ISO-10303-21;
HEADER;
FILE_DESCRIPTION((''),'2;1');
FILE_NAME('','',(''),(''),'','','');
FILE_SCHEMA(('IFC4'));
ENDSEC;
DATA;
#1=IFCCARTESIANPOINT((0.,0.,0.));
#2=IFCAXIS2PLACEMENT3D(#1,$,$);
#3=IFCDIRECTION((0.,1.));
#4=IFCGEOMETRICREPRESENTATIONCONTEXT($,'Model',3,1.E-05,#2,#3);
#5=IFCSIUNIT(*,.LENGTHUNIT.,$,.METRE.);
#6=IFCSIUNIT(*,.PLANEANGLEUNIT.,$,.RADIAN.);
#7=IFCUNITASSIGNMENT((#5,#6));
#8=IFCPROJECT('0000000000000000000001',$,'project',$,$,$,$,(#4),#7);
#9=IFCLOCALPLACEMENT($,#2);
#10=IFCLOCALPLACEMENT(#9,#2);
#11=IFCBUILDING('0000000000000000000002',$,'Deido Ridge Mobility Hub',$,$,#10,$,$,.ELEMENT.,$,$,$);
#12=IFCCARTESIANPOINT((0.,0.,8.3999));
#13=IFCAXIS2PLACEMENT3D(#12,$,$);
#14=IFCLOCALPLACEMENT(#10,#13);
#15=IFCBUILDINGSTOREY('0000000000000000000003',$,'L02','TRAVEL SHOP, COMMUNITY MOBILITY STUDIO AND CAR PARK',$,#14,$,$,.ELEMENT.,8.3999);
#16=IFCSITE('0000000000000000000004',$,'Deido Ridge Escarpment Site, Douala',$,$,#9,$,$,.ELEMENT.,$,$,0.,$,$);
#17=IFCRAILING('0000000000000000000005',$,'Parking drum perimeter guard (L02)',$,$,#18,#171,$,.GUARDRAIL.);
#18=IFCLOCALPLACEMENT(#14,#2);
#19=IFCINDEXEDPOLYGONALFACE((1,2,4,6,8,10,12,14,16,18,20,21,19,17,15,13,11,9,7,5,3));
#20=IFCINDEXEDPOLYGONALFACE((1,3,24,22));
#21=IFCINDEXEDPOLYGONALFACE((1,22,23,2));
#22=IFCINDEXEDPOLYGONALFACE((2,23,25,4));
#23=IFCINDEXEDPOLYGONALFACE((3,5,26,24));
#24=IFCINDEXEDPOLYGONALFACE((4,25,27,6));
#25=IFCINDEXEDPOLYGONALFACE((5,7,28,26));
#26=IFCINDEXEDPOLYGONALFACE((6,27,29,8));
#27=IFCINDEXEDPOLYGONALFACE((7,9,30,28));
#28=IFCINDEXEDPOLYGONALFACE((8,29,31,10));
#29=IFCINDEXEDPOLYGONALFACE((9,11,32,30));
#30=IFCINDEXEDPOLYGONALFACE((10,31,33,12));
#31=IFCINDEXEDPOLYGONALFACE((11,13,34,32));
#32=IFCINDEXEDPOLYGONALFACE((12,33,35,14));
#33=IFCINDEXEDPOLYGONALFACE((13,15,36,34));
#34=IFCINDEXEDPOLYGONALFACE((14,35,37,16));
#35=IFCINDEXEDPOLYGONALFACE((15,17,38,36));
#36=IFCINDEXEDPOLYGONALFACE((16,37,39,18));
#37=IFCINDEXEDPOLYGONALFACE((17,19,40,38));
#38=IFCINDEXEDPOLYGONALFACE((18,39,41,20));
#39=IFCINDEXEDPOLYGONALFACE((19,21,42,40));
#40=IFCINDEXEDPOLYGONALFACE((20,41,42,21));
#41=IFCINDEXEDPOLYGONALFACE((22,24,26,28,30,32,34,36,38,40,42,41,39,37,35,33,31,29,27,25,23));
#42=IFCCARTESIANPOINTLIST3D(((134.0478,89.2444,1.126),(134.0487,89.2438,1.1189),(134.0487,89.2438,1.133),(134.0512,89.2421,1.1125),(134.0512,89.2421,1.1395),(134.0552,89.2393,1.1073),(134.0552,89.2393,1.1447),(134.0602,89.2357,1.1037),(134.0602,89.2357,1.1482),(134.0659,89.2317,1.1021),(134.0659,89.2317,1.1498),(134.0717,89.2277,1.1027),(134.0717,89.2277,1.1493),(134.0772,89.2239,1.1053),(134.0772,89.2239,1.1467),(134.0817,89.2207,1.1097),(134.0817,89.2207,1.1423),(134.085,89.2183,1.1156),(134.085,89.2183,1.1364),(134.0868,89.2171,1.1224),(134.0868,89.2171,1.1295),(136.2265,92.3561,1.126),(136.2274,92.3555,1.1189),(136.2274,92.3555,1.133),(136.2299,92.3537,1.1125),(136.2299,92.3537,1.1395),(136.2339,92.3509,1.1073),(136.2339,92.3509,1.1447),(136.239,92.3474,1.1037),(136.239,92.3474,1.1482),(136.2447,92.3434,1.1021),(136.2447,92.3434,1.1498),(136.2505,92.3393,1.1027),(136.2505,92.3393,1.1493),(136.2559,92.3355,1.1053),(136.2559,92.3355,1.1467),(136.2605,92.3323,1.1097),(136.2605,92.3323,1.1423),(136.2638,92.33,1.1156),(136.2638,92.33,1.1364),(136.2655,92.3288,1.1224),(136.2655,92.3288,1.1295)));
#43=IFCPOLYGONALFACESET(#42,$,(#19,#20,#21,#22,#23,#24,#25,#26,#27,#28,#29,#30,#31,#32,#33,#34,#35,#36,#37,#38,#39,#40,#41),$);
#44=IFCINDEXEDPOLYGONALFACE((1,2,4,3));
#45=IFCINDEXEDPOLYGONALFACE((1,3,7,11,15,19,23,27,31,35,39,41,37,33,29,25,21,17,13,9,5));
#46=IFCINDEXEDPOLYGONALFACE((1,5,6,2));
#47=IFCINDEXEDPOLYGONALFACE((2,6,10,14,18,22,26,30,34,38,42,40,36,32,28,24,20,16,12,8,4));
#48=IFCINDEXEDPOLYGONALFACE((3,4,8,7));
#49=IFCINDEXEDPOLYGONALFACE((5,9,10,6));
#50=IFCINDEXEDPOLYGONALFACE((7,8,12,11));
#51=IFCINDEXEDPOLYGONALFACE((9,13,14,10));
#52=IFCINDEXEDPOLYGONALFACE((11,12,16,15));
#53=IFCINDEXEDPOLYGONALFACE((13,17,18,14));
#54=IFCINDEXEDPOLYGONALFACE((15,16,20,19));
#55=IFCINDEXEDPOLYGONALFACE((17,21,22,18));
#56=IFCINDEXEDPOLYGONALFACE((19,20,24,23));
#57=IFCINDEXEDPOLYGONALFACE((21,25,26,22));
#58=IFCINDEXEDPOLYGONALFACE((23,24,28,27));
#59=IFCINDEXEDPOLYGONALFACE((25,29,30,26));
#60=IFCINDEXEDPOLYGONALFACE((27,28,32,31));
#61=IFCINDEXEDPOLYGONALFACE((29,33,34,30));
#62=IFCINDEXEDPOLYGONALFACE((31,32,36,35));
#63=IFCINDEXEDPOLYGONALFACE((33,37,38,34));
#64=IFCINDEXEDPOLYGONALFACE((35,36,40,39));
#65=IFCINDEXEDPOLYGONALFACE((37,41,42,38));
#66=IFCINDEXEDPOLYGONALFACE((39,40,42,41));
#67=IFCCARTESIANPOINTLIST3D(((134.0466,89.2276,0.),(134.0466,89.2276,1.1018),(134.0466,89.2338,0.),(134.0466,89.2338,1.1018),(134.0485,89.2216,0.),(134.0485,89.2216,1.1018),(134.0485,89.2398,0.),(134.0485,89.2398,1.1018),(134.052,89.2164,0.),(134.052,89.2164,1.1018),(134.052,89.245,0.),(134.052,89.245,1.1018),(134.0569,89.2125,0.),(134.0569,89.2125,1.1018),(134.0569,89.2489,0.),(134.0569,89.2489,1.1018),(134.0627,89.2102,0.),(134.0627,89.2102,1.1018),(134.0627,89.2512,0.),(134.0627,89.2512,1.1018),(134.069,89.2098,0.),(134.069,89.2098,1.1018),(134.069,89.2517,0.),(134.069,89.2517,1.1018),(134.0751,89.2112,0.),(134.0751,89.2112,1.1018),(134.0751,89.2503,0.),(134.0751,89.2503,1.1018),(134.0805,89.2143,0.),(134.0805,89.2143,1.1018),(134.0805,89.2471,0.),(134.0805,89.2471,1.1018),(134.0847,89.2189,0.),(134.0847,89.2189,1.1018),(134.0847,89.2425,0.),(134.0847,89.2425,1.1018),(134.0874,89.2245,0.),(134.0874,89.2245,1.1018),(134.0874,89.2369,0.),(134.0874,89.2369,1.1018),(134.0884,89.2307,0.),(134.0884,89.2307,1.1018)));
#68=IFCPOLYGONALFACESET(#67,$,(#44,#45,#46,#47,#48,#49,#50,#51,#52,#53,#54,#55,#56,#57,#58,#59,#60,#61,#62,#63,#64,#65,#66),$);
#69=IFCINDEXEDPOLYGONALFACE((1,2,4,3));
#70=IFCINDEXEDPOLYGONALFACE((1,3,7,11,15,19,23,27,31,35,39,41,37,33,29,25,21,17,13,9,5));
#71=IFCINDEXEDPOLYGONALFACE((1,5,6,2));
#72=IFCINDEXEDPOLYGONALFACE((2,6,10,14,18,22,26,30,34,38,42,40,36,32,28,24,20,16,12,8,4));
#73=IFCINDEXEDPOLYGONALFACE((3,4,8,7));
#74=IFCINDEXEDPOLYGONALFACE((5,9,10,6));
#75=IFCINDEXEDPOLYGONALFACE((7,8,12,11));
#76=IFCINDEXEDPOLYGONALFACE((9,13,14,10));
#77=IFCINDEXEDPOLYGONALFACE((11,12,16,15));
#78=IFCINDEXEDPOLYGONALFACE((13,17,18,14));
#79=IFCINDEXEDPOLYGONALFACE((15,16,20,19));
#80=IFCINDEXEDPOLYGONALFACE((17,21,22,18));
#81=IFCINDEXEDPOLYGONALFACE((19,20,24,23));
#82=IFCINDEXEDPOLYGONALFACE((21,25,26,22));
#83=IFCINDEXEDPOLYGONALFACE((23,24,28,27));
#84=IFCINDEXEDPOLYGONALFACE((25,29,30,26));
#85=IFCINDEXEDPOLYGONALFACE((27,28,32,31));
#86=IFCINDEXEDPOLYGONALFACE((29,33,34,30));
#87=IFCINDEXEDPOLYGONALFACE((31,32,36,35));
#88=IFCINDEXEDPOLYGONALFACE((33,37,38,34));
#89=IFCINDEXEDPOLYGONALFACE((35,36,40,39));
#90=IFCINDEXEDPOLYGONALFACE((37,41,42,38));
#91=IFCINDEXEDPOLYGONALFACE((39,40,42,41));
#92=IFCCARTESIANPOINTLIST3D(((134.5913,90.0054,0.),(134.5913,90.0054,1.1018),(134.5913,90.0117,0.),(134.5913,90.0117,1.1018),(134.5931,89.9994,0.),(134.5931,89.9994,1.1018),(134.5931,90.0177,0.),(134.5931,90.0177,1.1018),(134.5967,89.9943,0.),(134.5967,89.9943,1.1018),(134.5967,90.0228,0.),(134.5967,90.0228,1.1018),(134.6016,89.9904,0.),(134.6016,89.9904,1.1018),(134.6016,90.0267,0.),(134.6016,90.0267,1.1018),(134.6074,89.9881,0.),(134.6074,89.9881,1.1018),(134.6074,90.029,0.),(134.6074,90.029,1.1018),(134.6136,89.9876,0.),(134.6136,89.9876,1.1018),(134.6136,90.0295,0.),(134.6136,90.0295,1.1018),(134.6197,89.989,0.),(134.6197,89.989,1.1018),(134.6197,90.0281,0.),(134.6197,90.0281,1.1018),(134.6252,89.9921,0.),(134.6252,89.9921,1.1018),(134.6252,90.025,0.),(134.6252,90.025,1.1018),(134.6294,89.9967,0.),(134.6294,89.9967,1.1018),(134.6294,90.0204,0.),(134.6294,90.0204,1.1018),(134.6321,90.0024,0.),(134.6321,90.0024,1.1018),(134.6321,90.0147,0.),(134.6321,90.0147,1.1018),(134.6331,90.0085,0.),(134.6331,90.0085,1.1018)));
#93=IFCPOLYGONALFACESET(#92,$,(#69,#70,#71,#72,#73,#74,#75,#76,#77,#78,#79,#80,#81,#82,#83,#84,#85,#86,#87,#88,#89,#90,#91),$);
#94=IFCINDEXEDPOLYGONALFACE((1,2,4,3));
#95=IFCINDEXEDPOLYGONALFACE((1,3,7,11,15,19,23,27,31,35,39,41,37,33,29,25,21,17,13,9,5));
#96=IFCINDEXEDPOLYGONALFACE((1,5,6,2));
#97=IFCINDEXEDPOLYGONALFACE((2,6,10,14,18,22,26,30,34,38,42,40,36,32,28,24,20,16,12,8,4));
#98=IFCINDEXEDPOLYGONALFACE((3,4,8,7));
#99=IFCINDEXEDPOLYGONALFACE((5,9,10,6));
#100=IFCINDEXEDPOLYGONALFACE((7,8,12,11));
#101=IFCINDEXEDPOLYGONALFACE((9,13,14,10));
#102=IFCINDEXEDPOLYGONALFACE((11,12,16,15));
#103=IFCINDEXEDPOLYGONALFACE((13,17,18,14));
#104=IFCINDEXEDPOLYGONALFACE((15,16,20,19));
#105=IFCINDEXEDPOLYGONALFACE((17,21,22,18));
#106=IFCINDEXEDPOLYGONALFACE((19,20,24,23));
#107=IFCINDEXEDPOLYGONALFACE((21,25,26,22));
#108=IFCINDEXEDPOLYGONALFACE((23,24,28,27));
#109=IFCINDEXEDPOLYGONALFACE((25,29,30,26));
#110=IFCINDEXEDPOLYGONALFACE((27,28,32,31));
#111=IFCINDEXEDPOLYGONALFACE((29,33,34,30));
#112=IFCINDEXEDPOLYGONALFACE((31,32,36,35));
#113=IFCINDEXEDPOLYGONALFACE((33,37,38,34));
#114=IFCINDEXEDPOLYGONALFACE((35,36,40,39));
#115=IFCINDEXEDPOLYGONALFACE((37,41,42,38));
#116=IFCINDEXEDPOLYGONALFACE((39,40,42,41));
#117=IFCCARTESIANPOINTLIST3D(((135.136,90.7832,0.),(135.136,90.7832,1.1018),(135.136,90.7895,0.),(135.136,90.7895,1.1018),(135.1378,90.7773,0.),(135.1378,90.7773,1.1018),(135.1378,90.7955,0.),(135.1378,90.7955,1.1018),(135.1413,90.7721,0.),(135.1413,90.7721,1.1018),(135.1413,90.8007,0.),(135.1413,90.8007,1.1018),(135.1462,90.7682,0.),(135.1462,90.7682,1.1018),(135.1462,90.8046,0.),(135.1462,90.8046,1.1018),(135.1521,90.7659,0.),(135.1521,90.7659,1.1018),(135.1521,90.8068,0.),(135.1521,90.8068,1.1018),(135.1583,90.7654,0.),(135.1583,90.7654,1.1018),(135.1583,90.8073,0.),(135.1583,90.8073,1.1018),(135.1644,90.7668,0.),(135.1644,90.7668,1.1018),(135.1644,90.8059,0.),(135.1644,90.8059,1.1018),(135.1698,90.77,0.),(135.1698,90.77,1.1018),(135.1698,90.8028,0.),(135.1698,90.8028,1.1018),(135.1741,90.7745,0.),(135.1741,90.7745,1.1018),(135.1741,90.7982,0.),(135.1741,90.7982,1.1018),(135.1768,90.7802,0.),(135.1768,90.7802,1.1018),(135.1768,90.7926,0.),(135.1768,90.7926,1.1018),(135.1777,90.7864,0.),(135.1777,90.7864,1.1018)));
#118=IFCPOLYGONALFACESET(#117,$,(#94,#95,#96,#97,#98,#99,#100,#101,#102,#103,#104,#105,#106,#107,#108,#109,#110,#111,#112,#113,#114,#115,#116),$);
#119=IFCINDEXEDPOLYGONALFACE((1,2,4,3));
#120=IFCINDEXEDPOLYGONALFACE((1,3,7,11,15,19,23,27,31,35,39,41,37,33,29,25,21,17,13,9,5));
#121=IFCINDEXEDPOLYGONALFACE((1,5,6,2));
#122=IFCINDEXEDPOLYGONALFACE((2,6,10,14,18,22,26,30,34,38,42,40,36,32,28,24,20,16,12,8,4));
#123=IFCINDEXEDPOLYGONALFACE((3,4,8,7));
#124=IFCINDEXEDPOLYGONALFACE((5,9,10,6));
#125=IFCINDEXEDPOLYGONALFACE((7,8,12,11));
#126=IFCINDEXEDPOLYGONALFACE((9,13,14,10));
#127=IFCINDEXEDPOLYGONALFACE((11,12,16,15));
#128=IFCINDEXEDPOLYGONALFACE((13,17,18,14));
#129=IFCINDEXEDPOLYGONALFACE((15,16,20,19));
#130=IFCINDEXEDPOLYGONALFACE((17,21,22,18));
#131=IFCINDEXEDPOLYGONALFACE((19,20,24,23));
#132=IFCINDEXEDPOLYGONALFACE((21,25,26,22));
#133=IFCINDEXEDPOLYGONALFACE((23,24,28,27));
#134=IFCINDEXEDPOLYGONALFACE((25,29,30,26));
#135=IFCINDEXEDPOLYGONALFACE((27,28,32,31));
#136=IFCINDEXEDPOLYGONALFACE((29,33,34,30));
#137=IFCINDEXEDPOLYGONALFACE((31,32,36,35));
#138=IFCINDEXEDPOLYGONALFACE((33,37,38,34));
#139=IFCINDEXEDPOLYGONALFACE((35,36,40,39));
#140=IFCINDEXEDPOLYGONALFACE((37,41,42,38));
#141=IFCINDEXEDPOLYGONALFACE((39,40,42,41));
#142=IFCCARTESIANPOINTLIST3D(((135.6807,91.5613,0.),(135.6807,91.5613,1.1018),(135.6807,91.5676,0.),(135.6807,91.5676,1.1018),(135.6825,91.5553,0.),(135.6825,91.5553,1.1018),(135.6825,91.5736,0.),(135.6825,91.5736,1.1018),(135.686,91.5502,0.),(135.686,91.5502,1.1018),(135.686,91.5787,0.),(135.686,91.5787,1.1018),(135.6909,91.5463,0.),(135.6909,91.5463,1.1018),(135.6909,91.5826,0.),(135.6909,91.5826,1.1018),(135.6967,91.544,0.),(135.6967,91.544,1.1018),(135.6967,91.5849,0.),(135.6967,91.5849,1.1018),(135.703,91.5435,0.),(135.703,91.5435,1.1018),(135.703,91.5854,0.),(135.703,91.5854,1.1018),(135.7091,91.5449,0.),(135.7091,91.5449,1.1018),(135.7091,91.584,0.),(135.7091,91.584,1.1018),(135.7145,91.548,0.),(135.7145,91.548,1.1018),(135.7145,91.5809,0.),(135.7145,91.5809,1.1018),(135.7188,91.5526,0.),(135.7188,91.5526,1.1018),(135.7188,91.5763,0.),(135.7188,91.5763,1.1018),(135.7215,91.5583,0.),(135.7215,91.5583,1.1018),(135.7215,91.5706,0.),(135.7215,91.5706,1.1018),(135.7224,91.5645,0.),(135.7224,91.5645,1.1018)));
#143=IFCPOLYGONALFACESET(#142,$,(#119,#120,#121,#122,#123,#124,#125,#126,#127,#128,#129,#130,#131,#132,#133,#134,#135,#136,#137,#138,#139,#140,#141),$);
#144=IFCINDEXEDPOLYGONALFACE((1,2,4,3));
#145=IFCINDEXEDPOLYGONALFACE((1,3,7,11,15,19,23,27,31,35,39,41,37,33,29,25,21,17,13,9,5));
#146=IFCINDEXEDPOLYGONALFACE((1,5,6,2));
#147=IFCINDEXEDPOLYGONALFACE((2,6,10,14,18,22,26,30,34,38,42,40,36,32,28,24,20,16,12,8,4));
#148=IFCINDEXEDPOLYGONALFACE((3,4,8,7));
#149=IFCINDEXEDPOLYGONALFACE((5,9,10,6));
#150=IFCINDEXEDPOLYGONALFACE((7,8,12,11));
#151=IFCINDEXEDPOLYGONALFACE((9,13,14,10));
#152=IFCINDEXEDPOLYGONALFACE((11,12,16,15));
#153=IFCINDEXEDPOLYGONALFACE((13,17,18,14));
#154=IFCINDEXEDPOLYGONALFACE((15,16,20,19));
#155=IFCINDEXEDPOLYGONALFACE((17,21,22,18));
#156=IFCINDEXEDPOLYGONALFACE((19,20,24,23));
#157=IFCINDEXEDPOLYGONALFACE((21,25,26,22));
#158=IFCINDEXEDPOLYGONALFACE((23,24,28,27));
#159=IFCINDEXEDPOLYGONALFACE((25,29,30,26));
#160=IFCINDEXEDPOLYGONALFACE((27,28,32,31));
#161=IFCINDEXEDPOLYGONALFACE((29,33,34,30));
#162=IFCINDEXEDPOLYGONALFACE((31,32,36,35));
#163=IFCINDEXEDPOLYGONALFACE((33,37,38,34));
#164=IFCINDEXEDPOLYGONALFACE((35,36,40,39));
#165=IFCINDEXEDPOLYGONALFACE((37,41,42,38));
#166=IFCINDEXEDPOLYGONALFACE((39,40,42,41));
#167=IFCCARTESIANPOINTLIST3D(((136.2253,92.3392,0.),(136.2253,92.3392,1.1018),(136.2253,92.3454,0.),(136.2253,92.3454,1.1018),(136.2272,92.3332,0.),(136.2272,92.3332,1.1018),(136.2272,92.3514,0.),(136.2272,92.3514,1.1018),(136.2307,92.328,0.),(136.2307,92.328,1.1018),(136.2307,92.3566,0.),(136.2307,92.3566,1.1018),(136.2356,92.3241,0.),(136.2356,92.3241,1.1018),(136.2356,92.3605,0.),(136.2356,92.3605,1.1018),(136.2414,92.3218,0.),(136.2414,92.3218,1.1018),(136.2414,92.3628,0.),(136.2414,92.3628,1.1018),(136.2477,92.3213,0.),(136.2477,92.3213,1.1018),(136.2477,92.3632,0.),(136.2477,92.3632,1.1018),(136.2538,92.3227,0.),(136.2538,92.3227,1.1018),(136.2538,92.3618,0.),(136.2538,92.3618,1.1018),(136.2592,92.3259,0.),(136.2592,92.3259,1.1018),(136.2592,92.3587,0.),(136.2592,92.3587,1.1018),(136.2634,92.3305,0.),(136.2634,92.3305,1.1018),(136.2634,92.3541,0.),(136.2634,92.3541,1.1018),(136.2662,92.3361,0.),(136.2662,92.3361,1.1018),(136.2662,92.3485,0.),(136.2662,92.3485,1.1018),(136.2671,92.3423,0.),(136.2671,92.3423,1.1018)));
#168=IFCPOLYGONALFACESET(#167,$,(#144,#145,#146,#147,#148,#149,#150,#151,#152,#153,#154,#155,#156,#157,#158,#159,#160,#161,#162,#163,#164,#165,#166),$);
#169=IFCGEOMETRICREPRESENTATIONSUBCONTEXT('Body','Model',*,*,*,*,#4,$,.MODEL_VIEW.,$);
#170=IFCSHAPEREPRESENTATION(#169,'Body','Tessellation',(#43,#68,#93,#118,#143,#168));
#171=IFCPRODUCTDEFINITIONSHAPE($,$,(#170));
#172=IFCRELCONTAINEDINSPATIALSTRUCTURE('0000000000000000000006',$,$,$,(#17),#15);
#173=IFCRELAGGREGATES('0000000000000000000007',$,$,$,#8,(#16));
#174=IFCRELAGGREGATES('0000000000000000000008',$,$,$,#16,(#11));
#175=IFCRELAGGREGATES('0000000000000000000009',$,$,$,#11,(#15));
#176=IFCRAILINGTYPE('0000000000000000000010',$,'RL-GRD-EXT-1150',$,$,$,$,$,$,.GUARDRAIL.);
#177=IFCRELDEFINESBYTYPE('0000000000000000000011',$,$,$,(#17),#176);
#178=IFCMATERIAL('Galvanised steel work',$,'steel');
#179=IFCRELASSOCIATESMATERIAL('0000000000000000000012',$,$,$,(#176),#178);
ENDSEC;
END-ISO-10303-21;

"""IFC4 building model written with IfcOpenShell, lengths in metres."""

from ifc_helpers import new_model, si_unit, direction, frame, origin, origin_2d, place, context, subcontext, project, spatial, circle, extrude, material, type_object, element, save


model = new_model("IFC4")

# Units and contexts
model_context = context("Model", 3, precision=1e-05, world=origin(), true_north=direction((0.0, 1.0)))
body_context = subcontext(model_context, "Body", "Model", "MODEL_VIEW")
ifc_project = project(units=[si_unit("LENGTHUNIT", "METRE"), si_unit("PLANEANGLEUNIT", "RADIAN")], contexts=[model_context])

# Site, building, storey
site_placement = place(None, origin())
site = spatial("IfcSite", under=ifc_project, at=site_placement, Name="Deido Ridge Escarpment Site, Douala", CompositionType="ELEMENT", RefElevation=0.0)
building_placement = place(site_placement, origin())
building = spatial("IfcBuilding", under=site, at=building_placement, Name="Deido Ridge Mobility Hub", CompositionType="ELEMENT")
storey_placement = place(building_placement, frame((0.0, 0.0, 8.3999)))
storey = spatial("IfcBuildingStorey", under=building, at=storey_placement, Name="L02", Description="TRAVEL SHOP, COMMUNITY MOBILITY STUDIO AND CAR PARK", CompositionType="ELEMENT", Elevation=8.3999)

# Railing
ifc_material_1 = material(Name="Galvanised steel work", Category="steel")
railing_type = type_object("IfcRailingType", Name="RL-GRD-EXT-1150", PredefinedType="GUARDRAIL", material=ifc_material_1)
railing_1_placement = place(storey_placement, frame((134.0674, 89.2307, 0.0)))
element("IfcRailing", 1, at=railing_1_placement, inside=storey, type_object=railing_type, Name="Parking drum perimeter guard (L02)", PredefinedType="GUARDRAIL", context=body_context, shape_type="SweptSolid", body=[
    extrude(circle(Radius=0.0239, at=origin_2d()), frame((0.0, 0.0, 1.126), z_axis=(0.57357, 0.819156, 0.0), x_axis=(-0.819156, 0.57357, 0.0)), (0.0, 0.0, 1.0), 3.7986),
    extrude(circle(Radius=0.021, at=origin_2d()), origin(), (0.0, 0.0, 1.0), 1.1018),
    extrude(circle(Radius=0.021, at=origin_2d()), frame((0.5447, 0.7778, 0.0)), (0.0, 0.0, 1.0), 1.1018),
    extrude(circle(Radius=0.021, at=origin_2d()), frame((1.0894, 1.5557, 0.0)), (0.0, 0.0, 1.0), 1.1018),
    extrude(circle(Radius=0.021, at=origin_2d()), frame((1.634, 2.3337, 0.0)), (0.0, 0.0, 1.0), 1.1018),
    extrude(circle(Radius=0.021, at=origin_2d()), frame((2.1787, 3.1116, 0.0)), (0.0, 0.0, 1.0), 1.1018),
])

save(model, "model.ifc")
